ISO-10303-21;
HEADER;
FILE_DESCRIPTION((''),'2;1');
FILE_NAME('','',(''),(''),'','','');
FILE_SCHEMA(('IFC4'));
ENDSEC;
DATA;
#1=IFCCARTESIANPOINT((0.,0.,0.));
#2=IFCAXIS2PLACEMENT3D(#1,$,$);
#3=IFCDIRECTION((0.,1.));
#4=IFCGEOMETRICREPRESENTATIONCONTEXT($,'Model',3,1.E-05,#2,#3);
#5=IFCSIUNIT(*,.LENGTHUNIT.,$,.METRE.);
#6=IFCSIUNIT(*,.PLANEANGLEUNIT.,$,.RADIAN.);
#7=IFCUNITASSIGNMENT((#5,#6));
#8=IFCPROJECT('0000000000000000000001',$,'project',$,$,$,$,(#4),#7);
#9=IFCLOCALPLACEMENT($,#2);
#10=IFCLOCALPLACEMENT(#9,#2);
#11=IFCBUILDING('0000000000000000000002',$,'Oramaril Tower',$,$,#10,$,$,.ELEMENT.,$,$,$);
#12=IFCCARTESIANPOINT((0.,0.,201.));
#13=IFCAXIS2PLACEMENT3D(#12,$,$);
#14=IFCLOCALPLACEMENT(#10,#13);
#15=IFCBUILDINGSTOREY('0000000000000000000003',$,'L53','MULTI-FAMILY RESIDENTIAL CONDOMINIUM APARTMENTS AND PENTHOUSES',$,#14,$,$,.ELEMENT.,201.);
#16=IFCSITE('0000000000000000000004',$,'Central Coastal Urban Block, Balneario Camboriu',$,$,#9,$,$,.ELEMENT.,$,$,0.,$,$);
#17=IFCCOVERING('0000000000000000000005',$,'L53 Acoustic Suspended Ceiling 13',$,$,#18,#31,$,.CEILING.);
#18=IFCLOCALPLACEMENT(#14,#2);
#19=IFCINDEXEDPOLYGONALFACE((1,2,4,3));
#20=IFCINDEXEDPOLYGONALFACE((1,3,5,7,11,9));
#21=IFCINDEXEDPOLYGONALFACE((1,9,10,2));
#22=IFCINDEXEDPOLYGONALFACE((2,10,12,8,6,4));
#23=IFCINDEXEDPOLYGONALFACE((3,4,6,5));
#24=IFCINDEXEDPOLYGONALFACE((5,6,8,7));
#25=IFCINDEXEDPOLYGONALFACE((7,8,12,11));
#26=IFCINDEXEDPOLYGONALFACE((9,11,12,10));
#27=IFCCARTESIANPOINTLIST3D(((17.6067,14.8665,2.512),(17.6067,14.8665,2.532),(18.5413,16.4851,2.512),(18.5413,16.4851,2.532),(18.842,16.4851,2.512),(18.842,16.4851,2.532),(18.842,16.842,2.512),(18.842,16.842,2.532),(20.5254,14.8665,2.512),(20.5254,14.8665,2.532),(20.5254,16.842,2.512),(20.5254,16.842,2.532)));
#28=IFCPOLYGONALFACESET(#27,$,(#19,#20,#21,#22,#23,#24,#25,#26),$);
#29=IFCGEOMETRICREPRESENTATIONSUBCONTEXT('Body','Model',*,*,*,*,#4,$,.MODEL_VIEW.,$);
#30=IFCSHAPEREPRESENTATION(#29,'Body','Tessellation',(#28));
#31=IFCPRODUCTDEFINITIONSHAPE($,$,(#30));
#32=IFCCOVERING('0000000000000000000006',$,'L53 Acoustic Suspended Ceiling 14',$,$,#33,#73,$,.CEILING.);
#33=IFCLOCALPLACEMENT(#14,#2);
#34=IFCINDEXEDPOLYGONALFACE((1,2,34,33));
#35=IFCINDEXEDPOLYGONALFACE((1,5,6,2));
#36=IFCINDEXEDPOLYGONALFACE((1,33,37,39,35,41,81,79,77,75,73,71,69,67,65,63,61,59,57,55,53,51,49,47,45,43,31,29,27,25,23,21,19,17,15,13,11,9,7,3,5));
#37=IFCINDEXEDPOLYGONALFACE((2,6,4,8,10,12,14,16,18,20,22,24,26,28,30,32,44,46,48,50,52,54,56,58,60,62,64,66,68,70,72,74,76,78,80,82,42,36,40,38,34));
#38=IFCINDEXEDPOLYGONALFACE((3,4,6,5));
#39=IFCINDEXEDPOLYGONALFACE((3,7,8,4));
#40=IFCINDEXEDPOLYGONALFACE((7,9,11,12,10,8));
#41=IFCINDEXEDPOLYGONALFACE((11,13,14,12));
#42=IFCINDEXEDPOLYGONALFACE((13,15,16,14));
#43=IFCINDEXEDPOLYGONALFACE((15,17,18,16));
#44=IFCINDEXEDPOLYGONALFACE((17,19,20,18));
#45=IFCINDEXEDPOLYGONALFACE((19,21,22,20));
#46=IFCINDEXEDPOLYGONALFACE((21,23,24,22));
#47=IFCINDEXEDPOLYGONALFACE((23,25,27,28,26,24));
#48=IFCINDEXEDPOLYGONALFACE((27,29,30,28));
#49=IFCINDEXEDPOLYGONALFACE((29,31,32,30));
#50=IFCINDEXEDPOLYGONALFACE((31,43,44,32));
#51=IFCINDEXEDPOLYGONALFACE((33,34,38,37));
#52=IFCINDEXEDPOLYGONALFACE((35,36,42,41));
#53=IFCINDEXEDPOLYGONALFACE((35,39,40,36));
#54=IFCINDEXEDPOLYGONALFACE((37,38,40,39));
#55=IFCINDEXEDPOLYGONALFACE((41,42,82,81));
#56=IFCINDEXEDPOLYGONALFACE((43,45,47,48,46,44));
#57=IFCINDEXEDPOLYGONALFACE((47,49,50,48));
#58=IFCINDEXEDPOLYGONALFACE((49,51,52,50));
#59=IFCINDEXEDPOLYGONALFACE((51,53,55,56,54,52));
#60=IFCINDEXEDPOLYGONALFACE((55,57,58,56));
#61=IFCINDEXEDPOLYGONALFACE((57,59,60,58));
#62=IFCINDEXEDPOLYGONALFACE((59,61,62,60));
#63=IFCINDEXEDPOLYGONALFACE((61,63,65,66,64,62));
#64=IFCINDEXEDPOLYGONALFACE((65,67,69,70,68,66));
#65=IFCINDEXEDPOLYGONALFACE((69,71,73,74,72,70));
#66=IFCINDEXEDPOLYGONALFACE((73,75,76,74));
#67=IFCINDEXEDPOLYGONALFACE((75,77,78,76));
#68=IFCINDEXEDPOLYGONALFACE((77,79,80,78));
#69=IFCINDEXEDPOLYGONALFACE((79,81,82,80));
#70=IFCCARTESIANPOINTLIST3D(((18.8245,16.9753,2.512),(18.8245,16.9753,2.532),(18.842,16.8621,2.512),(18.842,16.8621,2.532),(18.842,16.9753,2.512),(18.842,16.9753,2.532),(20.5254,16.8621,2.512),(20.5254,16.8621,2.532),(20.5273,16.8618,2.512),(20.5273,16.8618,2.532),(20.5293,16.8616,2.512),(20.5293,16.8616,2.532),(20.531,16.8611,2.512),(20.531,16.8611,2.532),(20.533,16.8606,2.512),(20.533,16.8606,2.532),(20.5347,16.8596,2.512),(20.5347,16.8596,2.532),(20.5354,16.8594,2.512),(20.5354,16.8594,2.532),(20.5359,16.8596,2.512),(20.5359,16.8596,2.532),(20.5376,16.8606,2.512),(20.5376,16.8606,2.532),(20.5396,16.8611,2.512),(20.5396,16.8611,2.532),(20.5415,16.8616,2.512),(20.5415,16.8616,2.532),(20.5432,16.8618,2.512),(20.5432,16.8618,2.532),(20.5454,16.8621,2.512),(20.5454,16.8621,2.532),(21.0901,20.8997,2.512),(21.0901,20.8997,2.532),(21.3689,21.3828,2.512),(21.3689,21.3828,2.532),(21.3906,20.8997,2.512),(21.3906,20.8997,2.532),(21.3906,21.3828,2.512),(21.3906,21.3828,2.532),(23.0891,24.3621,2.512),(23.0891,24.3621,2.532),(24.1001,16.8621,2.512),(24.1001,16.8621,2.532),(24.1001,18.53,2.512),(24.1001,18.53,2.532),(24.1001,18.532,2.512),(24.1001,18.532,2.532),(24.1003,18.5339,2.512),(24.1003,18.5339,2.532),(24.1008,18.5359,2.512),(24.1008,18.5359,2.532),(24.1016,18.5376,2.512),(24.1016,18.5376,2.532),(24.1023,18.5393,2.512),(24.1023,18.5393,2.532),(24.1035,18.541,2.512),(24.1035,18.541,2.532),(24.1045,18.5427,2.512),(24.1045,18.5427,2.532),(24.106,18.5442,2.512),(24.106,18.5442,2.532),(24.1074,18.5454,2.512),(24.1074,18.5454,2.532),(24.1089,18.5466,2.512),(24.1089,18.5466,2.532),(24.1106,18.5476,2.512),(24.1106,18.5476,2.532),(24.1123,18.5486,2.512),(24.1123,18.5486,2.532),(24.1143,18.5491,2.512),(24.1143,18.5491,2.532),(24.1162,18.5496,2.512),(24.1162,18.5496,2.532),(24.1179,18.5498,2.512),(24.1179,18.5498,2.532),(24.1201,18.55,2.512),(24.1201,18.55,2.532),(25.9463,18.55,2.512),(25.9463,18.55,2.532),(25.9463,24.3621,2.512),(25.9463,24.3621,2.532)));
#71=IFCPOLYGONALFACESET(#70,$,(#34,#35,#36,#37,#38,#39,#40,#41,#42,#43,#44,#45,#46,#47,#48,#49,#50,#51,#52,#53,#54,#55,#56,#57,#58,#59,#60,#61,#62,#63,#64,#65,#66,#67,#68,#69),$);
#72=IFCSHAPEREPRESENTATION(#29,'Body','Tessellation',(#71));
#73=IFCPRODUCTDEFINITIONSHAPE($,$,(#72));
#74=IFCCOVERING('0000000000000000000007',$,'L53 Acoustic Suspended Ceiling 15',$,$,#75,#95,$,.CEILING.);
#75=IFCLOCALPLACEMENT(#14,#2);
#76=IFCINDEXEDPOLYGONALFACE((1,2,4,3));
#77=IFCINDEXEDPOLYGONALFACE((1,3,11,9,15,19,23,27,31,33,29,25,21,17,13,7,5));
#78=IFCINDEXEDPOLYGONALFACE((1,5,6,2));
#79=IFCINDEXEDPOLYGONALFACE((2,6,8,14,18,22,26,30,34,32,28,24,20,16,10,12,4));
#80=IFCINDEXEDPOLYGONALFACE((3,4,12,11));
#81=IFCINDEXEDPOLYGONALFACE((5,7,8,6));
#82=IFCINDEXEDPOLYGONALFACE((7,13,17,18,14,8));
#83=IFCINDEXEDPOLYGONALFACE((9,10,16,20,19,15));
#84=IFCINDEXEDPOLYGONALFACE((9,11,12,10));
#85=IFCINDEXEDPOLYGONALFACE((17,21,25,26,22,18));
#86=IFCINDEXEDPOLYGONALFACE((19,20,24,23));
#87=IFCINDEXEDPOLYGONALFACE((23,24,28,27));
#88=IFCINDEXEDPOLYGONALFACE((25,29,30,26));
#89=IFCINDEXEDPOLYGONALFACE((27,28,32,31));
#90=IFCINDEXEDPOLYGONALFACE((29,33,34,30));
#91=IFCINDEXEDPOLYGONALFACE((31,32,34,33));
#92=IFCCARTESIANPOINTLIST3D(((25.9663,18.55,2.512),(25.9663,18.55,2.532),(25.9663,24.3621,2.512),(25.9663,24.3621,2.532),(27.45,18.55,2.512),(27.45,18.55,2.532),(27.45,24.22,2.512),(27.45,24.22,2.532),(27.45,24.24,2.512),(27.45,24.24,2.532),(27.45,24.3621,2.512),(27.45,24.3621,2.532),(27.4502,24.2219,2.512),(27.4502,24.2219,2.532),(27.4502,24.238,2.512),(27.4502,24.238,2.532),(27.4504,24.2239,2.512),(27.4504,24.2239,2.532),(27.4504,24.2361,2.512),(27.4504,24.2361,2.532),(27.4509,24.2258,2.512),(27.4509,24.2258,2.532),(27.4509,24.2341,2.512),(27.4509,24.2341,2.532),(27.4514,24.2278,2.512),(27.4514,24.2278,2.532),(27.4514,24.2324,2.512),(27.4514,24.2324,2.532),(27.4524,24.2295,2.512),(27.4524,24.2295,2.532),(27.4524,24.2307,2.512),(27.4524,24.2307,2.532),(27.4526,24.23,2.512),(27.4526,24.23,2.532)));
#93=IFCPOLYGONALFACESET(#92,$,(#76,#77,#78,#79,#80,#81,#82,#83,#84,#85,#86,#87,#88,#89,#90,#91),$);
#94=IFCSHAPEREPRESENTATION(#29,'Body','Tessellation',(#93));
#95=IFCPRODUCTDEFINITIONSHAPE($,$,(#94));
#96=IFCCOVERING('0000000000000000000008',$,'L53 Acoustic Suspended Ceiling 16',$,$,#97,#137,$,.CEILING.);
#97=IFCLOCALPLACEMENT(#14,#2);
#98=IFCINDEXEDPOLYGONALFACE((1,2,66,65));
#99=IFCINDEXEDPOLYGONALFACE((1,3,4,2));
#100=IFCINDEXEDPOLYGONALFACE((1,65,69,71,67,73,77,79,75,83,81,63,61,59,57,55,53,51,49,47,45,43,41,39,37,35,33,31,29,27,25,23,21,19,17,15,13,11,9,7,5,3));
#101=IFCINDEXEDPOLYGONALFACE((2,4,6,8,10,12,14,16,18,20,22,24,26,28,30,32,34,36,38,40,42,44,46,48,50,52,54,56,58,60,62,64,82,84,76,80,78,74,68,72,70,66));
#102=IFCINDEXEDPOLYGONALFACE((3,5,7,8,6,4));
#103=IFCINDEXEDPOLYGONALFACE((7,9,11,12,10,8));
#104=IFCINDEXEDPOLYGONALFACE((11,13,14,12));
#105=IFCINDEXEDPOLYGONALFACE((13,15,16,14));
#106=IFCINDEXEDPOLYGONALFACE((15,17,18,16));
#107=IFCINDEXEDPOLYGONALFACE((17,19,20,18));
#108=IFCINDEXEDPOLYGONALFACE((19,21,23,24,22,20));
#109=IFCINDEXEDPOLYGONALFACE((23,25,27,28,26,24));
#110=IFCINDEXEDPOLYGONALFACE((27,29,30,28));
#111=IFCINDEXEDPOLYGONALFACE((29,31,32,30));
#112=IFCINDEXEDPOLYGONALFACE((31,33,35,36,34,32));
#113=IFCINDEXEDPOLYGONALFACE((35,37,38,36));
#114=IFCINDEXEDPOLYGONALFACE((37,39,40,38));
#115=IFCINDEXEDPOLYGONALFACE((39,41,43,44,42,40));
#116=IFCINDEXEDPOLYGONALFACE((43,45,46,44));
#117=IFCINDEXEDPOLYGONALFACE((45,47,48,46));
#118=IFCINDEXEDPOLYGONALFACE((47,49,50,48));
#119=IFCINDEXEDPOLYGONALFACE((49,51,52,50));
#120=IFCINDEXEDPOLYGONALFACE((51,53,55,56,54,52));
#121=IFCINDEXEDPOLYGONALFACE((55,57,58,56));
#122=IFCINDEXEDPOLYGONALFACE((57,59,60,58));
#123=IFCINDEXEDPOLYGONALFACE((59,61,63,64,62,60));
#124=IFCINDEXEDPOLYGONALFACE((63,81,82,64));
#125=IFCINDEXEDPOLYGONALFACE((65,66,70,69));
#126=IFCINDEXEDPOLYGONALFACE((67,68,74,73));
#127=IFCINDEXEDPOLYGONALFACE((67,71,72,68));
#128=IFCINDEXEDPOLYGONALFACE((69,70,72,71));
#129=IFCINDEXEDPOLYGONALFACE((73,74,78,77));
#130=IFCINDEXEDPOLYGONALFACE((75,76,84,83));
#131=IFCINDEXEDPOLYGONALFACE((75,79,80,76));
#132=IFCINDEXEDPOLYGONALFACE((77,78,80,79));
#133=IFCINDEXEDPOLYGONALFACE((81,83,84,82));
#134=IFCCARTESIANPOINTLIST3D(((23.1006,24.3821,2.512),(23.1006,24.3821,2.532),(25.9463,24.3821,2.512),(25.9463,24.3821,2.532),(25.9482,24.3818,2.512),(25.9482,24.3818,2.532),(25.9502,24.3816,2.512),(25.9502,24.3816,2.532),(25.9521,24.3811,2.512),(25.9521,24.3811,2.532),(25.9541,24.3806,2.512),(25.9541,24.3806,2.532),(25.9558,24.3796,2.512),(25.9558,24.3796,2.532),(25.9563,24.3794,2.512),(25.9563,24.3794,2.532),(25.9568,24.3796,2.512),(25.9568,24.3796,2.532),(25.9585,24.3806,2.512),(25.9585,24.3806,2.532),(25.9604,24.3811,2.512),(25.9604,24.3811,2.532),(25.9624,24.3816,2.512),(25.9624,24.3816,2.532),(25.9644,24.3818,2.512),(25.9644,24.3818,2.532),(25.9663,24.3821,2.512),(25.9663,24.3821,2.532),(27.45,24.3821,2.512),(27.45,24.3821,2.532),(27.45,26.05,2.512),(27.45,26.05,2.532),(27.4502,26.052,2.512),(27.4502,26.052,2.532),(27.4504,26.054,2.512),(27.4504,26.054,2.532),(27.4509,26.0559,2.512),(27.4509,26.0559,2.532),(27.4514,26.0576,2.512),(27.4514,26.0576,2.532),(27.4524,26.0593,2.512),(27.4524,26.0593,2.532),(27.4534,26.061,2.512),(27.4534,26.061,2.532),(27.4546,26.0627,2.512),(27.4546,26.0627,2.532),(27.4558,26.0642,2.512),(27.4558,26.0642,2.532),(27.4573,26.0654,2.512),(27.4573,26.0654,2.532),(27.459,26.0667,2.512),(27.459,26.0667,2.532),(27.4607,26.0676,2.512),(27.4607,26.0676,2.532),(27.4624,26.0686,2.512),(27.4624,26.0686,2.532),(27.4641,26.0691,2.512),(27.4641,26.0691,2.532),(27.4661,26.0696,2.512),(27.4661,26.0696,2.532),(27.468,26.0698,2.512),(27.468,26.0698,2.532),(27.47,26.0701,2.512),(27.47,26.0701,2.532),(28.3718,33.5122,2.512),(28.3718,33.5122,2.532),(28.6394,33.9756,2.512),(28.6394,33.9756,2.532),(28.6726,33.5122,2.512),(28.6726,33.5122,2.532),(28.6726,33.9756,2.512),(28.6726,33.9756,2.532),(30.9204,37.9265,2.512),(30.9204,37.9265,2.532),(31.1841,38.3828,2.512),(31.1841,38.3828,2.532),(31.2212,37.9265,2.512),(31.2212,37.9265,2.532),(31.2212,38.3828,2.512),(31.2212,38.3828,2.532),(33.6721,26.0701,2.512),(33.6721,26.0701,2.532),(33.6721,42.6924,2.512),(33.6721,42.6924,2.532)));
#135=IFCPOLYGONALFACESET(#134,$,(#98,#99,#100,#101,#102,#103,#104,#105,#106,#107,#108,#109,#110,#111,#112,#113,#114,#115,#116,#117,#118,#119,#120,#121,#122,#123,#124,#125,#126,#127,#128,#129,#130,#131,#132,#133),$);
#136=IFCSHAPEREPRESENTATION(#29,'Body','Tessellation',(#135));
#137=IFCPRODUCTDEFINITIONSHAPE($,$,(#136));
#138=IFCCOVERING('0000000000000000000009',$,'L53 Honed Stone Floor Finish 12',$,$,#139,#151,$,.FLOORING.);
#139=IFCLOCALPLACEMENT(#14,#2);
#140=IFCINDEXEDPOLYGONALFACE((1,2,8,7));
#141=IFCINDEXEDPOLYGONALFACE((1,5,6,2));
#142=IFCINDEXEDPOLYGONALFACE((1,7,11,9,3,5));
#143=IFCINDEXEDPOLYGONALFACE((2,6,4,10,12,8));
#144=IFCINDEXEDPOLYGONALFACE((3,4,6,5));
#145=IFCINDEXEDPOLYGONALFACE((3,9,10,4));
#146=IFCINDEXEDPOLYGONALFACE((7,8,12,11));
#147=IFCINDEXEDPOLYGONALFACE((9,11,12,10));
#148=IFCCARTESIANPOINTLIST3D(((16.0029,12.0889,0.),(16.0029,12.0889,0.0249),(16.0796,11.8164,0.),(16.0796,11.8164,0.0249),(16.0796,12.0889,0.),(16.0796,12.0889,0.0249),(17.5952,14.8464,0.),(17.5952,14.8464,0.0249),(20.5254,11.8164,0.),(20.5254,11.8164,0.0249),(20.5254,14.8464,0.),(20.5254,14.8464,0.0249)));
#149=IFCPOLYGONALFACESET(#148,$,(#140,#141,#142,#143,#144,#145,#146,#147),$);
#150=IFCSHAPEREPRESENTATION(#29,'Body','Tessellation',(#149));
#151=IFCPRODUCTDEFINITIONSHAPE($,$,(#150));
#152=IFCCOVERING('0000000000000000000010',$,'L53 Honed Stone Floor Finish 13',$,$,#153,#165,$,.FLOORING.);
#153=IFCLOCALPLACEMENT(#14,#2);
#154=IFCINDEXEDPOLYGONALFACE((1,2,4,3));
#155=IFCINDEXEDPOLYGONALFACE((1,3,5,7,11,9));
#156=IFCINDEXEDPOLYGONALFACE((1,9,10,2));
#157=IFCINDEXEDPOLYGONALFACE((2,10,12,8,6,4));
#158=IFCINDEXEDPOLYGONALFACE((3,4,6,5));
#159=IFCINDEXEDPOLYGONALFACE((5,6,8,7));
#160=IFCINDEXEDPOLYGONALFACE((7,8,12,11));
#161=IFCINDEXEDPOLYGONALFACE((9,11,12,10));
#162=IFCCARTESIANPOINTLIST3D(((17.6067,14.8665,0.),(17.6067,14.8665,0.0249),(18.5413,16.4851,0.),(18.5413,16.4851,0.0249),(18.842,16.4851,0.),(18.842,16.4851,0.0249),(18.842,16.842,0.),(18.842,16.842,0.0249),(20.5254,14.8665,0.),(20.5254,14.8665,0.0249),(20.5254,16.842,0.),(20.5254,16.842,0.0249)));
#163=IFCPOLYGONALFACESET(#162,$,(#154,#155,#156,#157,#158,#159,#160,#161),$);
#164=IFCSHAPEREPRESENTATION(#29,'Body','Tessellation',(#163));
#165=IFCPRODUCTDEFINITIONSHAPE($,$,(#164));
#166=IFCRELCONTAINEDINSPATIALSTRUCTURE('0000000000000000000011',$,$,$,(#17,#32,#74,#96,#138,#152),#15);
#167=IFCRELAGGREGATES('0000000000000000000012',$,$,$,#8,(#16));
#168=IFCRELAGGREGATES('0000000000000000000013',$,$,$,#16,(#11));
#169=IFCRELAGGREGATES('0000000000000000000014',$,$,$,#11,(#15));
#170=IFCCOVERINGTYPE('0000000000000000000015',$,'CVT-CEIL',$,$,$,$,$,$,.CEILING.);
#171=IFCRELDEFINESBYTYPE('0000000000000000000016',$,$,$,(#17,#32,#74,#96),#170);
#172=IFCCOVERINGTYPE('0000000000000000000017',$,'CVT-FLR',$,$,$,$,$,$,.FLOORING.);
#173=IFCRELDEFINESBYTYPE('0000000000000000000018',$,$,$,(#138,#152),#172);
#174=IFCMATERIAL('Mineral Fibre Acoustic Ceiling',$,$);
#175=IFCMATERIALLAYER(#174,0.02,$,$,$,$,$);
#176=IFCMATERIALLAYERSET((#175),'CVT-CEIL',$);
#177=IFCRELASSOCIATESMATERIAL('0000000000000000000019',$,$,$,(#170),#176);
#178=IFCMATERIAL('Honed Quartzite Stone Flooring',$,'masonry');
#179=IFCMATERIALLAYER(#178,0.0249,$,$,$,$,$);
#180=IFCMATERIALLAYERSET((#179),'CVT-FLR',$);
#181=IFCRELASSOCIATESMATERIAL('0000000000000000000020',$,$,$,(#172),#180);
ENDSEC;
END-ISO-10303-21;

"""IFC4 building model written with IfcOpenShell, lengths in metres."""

from ifc_helpers import new_model, si_unit, direction, frame, origin, place, context, subcontext, project, spatial, polyline, outline, extrude, material, layer, layer_set, type_object, element, save


model = new_model("IFC4")

# Units and contexts
model_context = context("Model", 3, precision=1e-05, world=origin(), true_north=direction((0.0, 1.0)))
body_context = subcontext(model_context, "Body", "Model", "MODEL_VIEW")
ifc_project = project(units=[si_unit("LENGTHUNIT", "METRE"), si_unit("PLANEANGLEUNIT", "RADIAN")], contexts=[model_context])

# Site, building, storey
site_placement = place(None, origin())
site = spatial("IfcSite", under=ifc_project, at=site_placement, Name="Central Coastal Urban Block, Balneario Camboriu", CompositionType="ELEMENT", RefElevation=0.0)
building_placement = place(site_placement, origin())
building = spatial("IfcBuilding", under=site, at=building_placement, Name="Oramaril Tower", CompositionType="ELEMENT")
storey_placement = place(building_placement, frame((0.0, 0.0, 201.0)))
storey = spatial("IfcBuildingStorey", under=building, at=storey_placement, Name="L53", Description="MULTI-FAMILY RESIDENTIAL CONDOMINIUM APARTMENTS AND PENTHOUSES", CompositionType="ELEMENT", Elevation=201.0)

# Coverings
ifc_material_1 = material(Name="Mineral Fibre Acoustic Ceiling")
ifc_layer_1 = layer(ifc_material_1, 0.02)
ifc_layer_set_1 = layer_set([ifc_layer_1], Name="CVT-CEIL")
covering_type_1 = type_object("IfcCoveringType", Name="CVT-CEIL", PredefinedType="CEILING", material=ifc_layer_set_1)
covering_1_placement = place(storey_placement, frame((0.0, 0.0, 2.512)))
element("IfcCovering", 1, at=covering_1_placement, inside=storey, type_object=covering_type_1, Name="L53 Acoustic Suspended Ceiling 13", PredefinedType="CEILING", context=body_context, shape_type="SweptSolid", body=[
    extrude(outline(polyline([(18.5413, 16.4851), (18.842, 16.4851), (18.842, 16.842), (20.5254, 16.842), (20.5254, 14.8665), (17.6067, 14.8665), (18.5413, 16.4851)])), origin(), (0.0, 0.0, 1.0), 0.02),
])
covering_2_placement = place(storey_placement, frame((0.0, 0.0, 2.512)))
element("IfcCovering", 2, at=covering_2_placement, inside=storey, type_object=covering_type_1, Name="L53 Acoustic Suspended Ceiling 14", PredefinedType="CEILING", context=body_context, shape_type="SweptSolid", body=[
    extrude(outline(polyline([(18.842, 16.9753), (18.8245, 16.9753), (21.0901, 20.8997), (21.3906, 20.8997), (21.3906, 21.3828), (21.3689, 21.3828), (23.0891, 24.3621), (25.9463, 24.3621), (25.9463, 18.55), (24.1201, 18.55), (24.1179, 18.5498), (24.1162, 18.5496), (24.1143, 18.5491), (24.1123, 18.5486), (24.1106, 18.5476), (24.1089, 18.5466), (24.1074, 18.5454), (24.106, 18.5442), (24.1045, 18.5427), (24.1035, 18.541), (24.1023, 18.5393), (24.1016, 18.5376), (24.1008, 18.5359), (24.1003, 18.5339), (24.1001, 18.532), (24.1001, 18.53), (24.1001, 16.8621), (20.5454, 16.8621), (20.5432, 16.8618), (20.5415, 16.8616), (20.5396, 16.8611), (20.5376, 16.8606), (20.5359, 16.8596), (20.5354, 16.8594), (20.5347, 16.8596), (20.533, 16.8606), (20.531, 16.8611), (20.5293, 16.8616), (20.5273, 16.8618), (20.5254, 16.8621), (18.842, 16.8621), (18.842, 16.9753)])), origin(), (0.0, 0.0, 1.0), 0.02),
])
covering_3_placement = place(storey_placement, frame((0.0, 0.0, 2.512)))
element("IfcCovering", 3, at=covering_3_placement, inside=storey, type_object=covering_type_1, Name="L53 Acoustic Suspended Ceiling 15", PredefinedType="CEILING", context=body_context, shape_type="SweptSolid", body=[
    extrude(outline(polyline([(27.45, 24.3621), (27.45, 24.24), (27.4502, 24.238), (27.4504, 24.2361), (27.4509, 24.2341), (27.4514, 24.2324), (27.4524, 24.2307), (27.4526, 24.23), (27.4524, 24.2295), (27.4514, 24.2278), (27.4509, 24.2258), (27.4504, 24.2239), (27.4502, 24.2219), (27.45, 24.22), (27.45, 18.55), (25.9663, 18.55), (25.9663, 24.3621), (27.45, 24.3621)])), origin(), (0.0, 0.0, 1.0), 0.02),
])
covering_4_placement = place(storey_placement, frame((0.0, 0.0, 2.512)))
element("IfcCovering", 4, at=covering_4_placement, inside=storey, type_object=covering_type_1, Name="L53 Acoustic Suspended Ceiling 16", PredefinedType="CEILING", context=body_context, shape_type="SweptSolid", body=[
    extrude(outline(polyline([(28.3718, 33.5122), (28.6726, 33.5122), (28.6726, 33.9756), (28.6394, 33.9756), (30.9204, 37.9265), (31.2212, 37.9265), (31.2212, 38.3828), (31.1841, 38.3828), (33.6721, 42.6924), (33.6721, 26.0701), (27.47, 26.0701), (27.468, 26.0698), (27.4661, 26.0696), (27.4641, 26.0691), (27.4624, 26.0686), (27.4607, 26.0676), (27.459, 26.0667), (27.4573, 26.0654), (27.4558, 26.0642), (27.4546, 26.0627), (27.4534, 26.061), (27.4524, 26.0593), (27.4514, 26.0576), (27.4509, 26.0559), (27.4504, 26.054), (27.4502, 26.052), (27.45, 26.05), (27.45, 24.3821), (25.9663, 24.3821), (25.9644, 24.3818), (25.9624, 24.3816), (25.9604, 24.3811), (25.9585, 24.3806), (25.9568, 24.3796), (25.9563, 24.3794), (25.9558, 24.3796), (25.9541, 24.3806), (25.9521, 24.3811), (25.9502, 24.3816), (25.9482, 24.3818), (25.9463, 24.3821), (23.1006, 24.3821), (28.3718, 33.5122)])), origin(), (0.0, 0.0, 1.0), 0.02),
])
ifc_material_2 = material(Name="Honed Quartzite Stone Flooring", Category="masonry")
ifc_layer_2 = layer(ifc_material_2, 0.0249)
ifc_layer_set_2 = layer_set([ifc_layer_2], Name="CVT-FLR")
covering_type_2 = type_object("IfcCoveringType", Name="CVT-FLR", PredefinedType="FLOORING", material=ifc_layer_set_2)
covering_5_placement = place(storey_placement, origin())
element("IfcCovering", 5, at=covering_5_placement, inside=storey, type_object=covering_type_2, Name="L53 Honed Stone Floor Finish 12", PredefinedType="FLOORING", context=body_context, shape_type="SweptSolid", body=[
    extrude(outline(polyline([(16.0796, 12.0889), (16.0029, 12.0889), (17.5952, 14.8464), (20.5254, 14.8464), (20.5254, 11.8164), (16.0796, 11.8164), (16.0796, 12.0889)])), origin(), (0.0, 0.0, 1.0), 0.0249),
])
covering_6_placement = place(storey_placement, origin())
element("IfcCovering", 6, at=covering_6_placement, inside=storey, type_object=covering_type_2, Name="L53 Honed Stone Floor Finish 13", PredefinedType="FLOORING", context=body_context, shape_type="SweptSolid", body=[
    extrude(outline(polyline([(18.5413, 16.4851), (18.842, 16.4851), (18.842, 16.842), (20.5254, 16.842), (20.5254, 14.8665), (17.6067, 14.8665), (18.5413, 16.4851)])), origin(), (0.0, 0.0, 1.0), 0.0249),
])

save(model, "model.ifc")
